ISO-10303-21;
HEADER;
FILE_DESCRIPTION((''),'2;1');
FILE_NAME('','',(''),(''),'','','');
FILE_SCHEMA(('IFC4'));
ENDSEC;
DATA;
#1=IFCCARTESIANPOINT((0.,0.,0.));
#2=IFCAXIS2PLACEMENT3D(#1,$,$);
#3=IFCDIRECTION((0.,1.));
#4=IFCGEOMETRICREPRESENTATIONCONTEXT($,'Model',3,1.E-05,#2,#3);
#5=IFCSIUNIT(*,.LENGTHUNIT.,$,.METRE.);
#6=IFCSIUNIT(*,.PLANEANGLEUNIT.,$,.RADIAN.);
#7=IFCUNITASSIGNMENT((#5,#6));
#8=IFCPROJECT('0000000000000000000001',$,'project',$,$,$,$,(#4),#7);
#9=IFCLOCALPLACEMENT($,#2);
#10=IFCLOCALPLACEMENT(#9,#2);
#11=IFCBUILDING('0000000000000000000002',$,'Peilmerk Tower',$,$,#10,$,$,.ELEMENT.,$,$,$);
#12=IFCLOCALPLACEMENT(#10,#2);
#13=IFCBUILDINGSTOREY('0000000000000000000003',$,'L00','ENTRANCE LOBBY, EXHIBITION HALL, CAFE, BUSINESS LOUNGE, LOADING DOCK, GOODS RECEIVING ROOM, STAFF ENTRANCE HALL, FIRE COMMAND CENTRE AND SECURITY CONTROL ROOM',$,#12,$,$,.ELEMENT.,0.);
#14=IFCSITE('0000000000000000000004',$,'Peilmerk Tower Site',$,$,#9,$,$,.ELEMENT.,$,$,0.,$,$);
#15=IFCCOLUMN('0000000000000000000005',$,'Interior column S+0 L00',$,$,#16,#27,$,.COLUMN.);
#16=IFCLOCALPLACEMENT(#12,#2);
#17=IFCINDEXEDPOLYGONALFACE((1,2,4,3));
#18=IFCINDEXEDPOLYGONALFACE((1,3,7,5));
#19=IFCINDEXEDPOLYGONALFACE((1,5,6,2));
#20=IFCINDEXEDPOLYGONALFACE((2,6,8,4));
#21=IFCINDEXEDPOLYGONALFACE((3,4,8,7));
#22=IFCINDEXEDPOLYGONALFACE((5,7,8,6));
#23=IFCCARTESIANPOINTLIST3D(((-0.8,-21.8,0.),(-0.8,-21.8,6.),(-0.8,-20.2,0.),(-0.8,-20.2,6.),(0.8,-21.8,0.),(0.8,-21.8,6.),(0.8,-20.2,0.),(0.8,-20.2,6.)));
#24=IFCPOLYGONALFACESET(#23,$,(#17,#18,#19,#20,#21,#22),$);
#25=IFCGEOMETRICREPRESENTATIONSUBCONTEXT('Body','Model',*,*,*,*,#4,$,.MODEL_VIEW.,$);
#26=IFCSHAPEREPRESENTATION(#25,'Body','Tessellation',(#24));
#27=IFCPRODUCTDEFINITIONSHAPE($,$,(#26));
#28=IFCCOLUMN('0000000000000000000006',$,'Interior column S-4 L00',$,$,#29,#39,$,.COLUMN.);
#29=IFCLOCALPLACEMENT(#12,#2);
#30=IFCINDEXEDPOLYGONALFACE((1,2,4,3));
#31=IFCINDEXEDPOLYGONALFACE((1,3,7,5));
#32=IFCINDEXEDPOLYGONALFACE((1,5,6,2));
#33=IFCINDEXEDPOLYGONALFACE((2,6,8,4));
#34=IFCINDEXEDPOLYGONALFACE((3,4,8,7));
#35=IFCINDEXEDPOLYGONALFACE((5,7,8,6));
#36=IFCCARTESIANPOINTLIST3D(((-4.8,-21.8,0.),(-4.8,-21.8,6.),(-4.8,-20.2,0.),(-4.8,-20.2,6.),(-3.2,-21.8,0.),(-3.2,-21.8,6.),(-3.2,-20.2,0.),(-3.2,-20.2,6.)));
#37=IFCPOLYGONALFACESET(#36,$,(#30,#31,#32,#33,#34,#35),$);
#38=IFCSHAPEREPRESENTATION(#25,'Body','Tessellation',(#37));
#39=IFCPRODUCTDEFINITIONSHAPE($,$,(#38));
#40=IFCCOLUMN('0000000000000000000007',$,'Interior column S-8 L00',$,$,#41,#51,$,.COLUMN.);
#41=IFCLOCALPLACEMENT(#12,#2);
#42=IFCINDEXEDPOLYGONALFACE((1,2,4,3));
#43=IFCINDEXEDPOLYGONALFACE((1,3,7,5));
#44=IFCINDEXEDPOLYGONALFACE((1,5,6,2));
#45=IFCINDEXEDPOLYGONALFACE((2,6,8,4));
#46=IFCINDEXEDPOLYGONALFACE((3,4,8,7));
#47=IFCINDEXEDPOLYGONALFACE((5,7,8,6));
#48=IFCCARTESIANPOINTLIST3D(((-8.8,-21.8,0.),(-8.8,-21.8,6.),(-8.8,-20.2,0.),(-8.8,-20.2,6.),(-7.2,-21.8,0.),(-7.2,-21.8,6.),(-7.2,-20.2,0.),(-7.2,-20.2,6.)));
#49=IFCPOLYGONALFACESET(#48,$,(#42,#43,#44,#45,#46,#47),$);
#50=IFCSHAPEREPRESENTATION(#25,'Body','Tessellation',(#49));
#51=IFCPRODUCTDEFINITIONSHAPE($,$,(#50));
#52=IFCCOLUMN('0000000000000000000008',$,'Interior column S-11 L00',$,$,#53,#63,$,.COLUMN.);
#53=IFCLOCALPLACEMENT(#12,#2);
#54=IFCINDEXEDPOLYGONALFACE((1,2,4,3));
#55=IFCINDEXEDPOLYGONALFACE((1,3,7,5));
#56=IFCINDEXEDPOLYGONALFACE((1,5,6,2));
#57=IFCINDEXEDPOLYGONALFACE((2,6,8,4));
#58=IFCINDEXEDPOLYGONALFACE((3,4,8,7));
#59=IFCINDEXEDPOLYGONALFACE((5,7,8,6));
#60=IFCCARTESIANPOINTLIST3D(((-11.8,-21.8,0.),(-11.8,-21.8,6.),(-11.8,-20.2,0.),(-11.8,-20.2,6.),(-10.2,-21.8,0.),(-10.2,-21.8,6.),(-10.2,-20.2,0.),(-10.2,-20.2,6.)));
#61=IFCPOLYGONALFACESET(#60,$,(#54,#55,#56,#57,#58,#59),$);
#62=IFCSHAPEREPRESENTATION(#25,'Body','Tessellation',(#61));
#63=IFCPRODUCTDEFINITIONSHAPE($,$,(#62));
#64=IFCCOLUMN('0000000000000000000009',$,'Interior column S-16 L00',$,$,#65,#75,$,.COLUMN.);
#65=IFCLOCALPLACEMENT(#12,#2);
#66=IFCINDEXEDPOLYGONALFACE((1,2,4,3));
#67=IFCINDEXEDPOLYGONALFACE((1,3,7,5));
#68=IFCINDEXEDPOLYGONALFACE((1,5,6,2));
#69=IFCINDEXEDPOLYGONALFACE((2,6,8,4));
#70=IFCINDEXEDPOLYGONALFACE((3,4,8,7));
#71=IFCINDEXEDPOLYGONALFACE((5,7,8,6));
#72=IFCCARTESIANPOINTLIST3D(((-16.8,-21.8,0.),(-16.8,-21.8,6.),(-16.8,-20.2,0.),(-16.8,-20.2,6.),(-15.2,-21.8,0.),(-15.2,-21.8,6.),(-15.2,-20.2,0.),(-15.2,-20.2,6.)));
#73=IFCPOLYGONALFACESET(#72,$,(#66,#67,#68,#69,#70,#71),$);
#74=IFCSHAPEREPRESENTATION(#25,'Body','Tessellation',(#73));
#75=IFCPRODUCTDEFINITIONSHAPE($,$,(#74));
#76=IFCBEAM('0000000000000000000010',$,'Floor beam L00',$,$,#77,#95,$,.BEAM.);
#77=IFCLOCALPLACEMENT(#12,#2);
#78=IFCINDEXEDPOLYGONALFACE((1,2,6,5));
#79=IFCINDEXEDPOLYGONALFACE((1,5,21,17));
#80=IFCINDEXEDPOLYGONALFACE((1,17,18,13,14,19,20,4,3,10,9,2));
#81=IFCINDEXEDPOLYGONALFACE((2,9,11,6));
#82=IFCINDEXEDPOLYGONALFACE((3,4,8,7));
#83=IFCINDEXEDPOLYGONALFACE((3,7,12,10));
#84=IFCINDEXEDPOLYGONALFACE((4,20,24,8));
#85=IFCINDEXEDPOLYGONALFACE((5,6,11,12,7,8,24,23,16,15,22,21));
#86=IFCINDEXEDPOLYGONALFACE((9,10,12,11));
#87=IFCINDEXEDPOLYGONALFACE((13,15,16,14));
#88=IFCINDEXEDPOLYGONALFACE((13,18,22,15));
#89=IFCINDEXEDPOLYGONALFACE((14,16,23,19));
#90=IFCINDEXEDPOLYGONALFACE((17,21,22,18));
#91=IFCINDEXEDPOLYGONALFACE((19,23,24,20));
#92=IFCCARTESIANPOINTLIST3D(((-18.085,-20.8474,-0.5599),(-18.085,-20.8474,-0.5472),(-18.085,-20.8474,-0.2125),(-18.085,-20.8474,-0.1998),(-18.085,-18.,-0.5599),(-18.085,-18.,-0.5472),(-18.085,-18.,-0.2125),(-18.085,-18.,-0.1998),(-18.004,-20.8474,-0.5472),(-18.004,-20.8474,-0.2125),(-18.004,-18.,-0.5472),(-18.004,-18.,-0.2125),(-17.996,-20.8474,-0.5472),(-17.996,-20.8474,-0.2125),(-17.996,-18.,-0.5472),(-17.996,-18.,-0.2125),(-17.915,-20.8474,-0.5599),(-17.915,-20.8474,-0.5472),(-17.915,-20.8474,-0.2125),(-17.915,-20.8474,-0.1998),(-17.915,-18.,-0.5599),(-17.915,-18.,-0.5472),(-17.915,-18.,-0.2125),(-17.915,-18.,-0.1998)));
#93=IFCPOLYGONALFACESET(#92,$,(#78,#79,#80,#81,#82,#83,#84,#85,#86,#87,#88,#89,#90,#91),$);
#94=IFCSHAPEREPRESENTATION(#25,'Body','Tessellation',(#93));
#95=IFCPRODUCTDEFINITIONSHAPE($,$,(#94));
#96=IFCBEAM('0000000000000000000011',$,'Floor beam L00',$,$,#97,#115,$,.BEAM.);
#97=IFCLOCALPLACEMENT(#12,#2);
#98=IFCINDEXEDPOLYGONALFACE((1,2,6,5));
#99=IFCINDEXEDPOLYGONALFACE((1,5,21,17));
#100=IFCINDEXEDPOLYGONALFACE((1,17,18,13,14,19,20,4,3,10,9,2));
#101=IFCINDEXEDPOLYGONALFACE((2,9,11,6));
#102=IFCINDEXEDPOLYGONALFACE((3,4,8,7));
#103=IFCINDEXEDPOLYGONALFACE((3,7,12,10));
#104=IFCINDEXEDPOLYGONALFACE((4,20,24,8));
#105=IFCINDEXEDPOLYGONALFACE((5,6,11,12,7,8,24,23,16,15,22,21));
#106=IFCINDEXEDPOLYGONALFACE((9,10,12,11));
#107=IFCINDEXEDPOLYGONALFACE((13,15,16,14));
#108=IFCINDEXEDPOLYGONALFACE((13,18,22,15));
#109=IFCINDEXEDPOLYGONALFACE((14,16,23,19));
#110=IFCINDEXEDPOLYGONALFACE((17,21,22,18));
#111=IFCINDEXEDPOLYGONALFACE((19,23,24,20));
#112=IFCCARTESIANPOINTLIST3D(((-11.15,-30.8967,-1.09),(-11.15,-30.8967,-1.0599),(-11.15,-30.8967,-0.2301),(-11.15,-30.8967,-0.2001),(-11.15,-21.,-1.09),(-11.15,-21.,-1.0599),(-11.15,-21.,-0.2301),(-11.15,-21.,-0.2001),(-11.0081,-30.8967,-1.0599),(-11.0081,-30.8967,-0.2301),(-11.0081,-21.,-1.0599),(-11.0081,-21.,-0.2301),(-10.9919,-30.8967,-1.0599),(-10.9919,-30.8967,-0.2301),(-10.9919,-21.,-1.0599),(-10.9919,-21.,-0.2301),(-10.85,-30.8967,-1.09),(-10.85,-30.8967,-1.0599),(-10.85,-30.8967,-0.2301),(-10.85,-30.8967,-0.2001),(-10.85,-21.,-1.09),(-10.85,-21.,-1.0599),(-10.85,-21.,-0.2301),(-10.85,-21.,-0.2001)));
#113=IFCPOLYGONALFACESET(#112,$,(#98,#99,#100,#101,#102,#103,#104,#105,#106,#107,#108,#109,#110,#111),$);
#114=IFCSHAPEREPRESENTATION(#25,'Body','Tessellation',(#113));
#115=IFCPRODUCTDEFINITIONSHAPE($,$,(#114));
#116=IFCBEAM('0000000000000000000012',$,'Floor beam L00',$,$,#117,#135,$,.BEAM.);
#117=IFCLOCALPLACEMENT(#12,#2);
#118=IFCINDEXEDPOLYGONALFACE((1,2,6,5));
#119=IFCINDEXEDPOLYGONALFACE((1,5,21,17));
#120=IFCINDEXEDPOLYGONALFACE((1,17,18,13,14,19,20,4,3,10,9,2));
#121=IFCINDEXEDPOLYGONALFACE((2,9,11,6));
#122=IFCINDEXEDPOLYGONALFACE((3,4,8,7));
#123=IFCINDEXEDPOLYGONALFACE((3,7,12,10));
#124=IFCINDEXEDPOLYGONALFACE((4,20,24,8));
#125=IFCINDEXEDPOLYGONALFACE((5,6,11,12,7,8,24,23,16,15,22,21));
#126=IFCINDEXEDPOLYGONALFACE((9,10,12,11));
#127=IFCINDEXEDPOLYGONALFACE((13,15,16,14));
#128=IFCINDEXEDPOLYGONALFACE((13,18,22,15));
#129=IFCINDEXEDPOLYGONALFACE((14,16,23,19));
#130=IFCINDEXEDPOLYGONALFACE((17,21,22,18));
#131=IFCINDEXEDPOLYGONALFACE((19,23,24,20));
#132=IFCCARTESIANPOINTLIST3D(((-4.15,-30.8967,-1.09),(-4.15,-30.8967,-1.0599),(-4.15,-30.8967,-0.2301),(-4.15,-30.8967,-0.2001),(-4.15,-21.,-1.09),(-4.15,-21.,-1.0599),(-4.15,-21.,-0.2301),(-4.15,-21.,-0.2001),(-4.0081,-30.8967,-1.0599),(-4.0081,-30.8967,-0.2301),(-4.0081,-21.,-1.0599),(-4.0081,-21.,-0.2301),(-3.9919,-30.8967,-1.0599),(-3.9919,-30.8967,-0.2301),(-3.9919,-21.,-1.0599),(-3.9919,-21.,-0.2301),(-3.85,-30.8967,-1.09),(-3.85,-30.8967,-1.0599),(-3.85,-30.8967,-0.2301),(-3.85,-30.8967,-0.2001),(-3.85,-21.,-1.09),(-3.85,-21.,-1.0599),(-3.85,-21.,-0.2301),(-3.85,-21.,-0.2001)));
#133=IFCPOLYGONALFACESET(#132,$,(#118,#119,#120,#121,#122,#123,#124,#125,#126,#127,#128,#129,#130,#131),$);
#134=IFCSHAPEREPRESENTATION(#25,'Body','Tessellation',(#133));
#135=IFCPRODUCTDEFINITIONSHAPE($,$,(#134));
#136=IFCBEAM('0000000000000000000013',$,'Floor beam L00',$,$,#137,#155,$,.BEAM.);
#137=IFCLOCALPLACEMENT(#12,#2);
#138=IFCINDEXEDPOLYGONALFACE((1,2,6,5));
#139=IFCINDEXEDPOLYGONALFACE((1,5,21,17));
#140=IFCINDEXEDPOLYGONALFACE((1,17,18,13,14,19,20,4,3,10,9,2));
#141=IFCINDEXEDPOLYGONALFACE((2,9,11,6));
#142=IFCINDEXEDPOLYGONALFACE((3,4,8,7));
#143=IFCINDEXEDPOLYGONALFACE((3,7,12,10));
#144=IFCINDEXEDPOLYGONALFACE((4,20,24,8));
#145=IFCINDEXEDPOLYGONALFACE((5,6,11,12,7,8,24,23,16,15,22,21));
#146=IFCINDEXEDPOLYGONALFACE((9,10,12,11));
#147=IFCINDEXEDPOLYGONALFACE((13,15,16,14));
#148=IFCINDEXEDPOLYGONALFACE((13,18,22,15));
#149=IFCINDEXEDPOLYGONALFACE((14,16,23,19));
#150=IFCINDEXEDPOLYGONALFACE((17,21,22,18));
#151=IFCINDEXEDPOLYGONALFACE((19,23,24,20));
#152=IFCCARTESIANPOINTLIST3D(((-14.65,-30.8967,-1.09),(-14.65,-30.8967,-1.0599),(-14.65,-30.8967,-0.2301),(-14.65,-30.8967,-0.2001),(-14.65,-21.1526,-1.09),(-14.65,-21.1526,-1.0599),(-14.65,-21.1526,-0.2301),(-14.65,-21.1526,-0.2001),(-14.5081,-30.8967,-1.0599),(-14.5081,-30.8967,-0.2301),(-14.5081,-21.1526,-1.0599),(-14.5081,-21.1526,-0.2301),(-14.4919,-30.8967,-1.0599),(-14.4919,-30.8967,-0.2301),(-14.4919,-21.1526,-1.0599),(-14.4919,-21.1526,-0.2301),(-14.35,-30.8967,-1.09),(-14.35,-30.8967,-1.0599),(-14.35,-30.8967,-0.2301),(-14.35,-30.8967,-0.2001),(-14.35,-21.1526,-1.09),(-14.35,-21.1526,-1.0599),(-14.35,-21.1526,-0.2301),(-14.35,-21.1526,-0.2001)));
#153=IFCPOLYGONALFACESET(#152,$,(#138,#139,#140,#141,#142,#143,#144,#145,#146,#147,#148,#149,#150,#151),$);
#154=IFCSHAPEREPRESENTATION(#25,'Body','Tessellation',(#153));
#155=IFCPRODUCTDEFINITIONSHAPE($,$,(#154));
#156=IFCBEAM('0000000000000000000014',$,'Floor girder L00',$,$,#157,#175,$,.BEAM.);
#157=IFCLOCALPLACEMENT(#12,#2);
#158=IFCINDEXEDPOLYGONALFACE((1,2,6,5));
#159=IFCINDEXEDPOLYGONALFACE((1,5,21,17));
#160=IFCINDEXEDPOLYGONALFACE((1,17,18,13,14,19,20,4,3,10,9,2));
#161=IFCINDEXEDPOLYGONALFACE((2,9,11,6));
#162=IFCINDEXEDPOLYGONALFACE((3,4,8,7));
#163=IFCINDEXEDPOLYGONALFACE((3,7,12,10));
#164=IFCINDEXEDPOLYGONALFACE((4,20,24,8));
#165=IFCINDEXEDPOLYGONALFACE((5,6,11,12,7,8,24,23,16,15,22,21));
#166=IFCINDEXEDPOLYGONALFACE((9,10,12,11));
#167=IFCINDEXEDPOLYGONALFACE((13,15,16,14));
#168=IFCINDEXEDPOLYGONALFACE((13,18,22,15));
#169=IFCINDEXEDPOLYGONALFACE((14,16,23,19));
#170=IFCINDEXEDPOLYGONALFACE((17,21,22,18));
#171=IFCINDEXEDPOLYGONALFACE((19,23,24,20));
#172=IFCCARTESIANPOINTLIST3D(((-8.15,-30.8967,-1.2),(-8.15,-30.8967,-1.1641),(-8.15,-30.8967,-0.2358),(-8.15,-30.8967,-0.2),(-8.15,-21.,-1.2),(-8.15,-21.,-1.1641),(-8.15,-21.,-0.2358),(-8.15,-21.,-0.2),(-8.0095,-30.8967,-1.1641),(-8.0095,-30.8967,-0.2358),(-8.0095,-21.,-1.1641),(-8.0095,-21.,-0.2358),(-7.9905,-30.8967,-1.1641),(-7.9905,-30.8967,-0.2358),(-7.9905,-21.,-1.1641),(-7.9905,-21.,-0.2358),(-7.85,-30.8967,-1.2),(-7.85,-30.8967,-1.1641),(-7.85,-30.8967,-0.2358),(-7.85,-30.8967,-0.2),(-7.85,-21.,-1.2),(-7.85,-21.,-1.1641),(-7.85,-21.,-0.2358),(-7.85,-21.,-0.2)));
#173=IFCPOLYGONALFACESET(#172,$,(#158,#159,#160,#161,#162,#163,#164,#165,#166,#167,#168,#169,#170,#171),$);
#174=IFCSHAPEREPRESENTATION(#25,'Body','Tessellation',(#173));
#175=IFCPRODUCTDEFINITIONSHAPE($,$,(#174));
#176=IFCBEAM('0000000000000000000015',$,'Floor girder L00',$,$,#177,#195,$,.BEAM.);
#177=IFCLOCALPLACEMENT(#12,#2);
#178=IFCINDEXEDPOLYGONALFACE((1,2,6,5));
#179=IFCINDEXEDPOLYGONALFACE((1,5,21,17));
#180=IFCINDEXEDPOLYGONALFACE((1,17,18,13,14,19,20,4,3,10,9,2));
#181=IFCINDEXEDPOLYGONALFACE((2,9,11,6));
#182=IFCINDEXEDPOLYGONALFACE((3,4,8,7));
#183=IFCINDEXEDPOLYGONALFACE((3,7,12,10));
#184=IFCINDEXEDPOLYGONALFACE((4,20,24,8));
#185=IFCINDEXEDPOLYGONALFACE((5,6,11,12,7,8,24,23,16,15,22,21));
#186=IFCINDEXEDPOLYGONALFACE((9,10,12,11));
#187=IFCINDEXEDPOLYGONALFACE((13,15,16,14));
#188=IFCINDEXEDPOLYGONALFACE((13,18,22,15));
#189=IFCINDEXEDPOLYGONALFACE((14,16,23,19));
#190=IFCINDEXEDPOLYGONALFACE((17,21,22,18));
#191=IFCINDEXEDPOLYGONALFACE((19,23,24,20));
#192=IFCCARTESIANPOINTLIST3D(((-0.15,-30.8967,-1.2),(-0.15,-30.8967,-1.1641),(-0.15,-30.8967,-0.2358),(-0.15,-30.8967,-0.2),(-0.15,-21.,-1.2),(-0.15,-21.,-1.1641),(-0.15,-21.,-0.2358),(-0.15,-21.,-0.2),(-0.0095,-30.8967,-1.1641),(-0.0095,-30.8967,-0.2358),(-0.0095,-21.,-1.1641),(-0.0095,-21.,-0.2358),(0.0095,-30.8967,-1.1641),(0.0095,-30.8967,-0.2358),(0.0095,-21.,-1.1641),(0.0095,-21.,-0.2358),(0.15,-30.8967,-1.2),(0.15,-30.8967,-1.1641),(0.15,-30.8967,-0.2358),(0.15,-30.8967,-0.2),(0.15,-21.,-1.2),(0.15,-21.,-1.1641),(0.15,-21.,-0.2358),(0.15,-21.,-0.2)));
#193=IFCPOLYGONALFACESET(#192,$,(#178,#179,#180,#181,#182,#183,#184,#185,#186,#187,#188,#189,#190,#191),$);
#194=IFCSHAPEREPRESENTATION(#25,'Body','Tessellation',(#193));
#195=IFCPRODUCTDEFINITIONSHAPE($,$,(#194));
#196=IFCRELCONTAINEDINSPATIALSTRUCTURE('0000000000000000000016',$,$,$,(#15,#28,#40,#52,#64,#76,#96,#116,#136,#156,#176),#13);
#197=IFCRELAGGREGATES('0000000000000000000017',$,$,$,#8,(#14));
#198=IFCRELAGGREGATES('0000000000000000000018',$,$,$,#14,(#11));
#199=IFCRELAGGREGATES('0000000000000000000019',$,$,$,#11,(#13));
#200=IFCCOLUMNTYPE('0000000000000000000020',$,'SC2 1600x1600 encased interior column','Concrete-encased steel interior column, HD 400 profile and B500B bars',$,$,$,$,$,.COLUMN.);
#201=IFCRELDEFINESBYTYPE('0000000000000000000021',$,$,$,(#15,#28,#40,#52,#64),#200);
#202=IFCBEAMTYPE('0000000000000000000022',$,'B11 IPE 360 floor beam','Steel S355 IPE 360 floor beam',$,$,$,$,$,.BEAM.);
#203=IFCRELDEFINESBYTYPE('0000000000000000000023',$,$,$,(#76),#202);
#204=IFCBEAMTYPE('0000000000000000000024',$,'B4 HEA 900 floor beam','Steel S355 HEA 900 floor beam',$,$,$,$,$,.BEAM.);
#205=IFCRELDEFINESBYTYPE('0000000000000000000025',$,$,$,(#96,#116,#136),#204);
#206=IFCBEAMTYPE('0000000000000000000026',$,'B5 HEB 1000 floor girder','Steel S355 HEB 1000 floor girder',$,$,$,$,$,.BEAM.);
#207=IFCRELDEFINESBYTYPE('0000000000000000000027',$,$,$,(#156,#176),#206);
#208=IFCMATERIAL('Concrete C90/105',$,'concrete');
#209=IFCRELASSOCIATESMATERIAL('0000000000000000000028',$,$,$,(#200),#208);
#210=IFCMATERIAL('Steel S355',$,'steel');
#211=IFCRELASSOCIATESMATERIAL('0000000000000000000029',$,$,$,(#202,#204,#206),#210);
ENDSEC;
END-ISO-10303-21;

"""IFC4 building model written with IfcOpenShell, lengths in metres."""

from ifc_helpers import new_model, si_unit, direction, frame, origin, origin_2d, place, context, subcontext, project, spatial, rectangle, i_section, extrude, material, material_profile, profile_set, type_object, element, save


model = new_model("IFC4")

# Units and contexts
model_context = context("Model", 3, precision=1e-05, world=origin(), true_north=direction((0.0, 1.0)))
body_context = subcontext(model_context, "Body", "Model", "MODEL_VIEW")
ifc_project = project(units=[si_unit("LENGTHUNIT", "METRE"), si_unit("PLANEANGLEUNIT", "RADIAN")], contexts=[model_context])

# Site, building, storey
site_placement = place(None, origin())
site = spatial("IfcSite", under=ifc_project, at=site_placement, Name="Peilmerk Tower Site", CompositionType="ELEMENT", RefElevation=0.0)
building_placement = place(site_placement, origin())
building = spatial("IfcBuilding", under=site, at=building_placement, Name="Peilmerk Tower", CompositionType="ELEMENT")
storey_placement = place(building_placement, origin())
storey = spatial("IfcBuildingStorey", under=building, at=storey_placement, Name="L00", Description="ENTRANCE LOBBY, EXHIBITION HALL, CAFE, BUSINESS LOUNGE, LOADING DOCK, GOODS RECEIVING ROOM, STAFF ENTRANCE HALL, FIRE COMMAND CENTRE AND SECURITY CONTROL ROOM", CompositionType="ELEMENT", Elevation=0.0)

# Columns
ifc_material_1 = material(Name="Concrete C90/105", Category="concrete")
ifc_material_profile_1 = material_profile(ifc_material_1, rectangle(XDim=1.6001, YDim=1.6001, at=origin_2d()), Name="RC 1600x1600")
ifc_profile_set_1 = profile_set([ifc_material_profile_1], Name="Concrete C90/105")
column_type = type_object("IfcColumnType", Name="SC2 1600x1600 encased interior column", Description="Concrete-encased steel interior column, HD 400 profile and B500B bars", PredefinedType="COLUMN", material=ifc_profile_set_1)
for number, where, z_axis, x_axis, name in (
    (1, (0.0, -21.0, 0.0), (0.0, 0.0, 1.0), (1.0, 0.0, 0.0), "Interior column S+0 L00"),
    (2, (-4.0, -21.0, 0.0), (0.0, 0.0, 1.0), (1.0, 0.0, 0.0), "Interior column S-4 L00"),
    (3, (-8.0, -21.0, 0.0), (0.0, 0.0, 1.0), (1.0, 0.0, 0.0), "Interior column S-8 L00"),
    (4, (-11.0, -21.0, 0.0), (0.0, 0.0, 1.0), (1.0, 0.0, 0.0), "Interior column S-11 L00"),
    (5, (-16.0, -21.0, 0.0), (0.0, 0.0, 1.0), (1.0, 0.0, 0.0), "Interior column S-16 L00"),
):
    element("IfcColumn", number, at=place(storey_placement, frame(where, z_axis=z_axis, x_axis=x_axis)), inside=storey, type_object=column_type, Name=name, PredefinedType="COLUMN", context=body_context, shape_type="SweptSolid", body=[
        extrude(rectangle(XDim=1.6001, YDim=1.6001, at=origin_2d()), origin(), (0.0, 0.0, 1.0), 6.0),
    ])

# Beams
ifc_material_2 = material(Name="Steel S355", Category="steel")
ifc_material_profile_2 = material_profile(ifc_material_2, i_section(OverallWidth=0.1699, OverallDepth=0.3601, WebThickness=0.0081, FlangeThickness=0.0127, at=origin_2d()), Name="IPE 360")
ifc_profile_set_2 = profile_set([ifc_material_profile_2], Name="Steel S355")
beam_type_1 = type_object("IfcBeamType", Name="B11 IPE 360 floor beam", Description="Steel S355 IPE 360 floor beam", PredefinedType="BEAM", material=ifc_profile_set_2)
beam_1_placement = place(storey_placement, frame((-18.0, -18.0, -0.3799), z_axis=(0.0, -1.0, 0.0), x_axis=(1.0, 0.0, 0.0)))
element("IfcBeam", 6, at=beam_1_placement, inside=storey, type_object=beam_type_1, Name="Floor beam L00", PredefinedType="BEAM", context=body_context, shape_type="SweptSolid", body=[
    extrude(i_section(OverallWidth=0.1699, OverallDepth=0.3601, WebThickness=0.0081, FlangeThickness=0.0127, at=origin_2d()), origin(), (0.0, 0.0, 1.0), 2.8474),
])
ifc_material_profile_3 = material_profile(ifc_material_2, i_section(OverallWidth=0.3, OverallDepth=0.8899, WebThickness=0.0161, FlangeThickness=0.03, at=origin_2d()), Name="HEA 900")
ifc_profile_set_3 = profile_set([ifc_material_profile_3], Name="Steel S355")
beam_type_2 = type_object("IfcBeamType", Name="B4 HEA 900 floor beam", Description="Steel S355 HEA 900 floor beam", PredefinedType="BEAM", material=ifc_profile_set_3)
for number, where, z_axis, x_axis, name in (
    (7, (-11.0, -21.0, -0.645), (0.0, -1.0, 0.0), (1.0, 0.0, 0.0), "Floor beam L00"),
    (8, (-4.0, -21.0, -0.645), (0.0, -1.0, 0.0), (1.0, 0.0, 0.0), "Floor beam L00"),
):
    element("IfcBeam", number, at=place(storey_placement, frame(where, z_axis=z_axis, x_axis=x_axis)), inside=storey, type_object=beam_type_2, Name=name, PredefinedType="BEAM", context=body_context, shape_type="SweptSolid", body=[
        extrude(i_section(OverallWidth=0.3, OverallDepth=0.8899, WebThickness=0.0161, FlangeThickness=0.03, at=origin_2d()), origin(), (0.0, 0.0, 1.0), 9.8967),
    ])
beam_2_placement = place(storey_placement, frame((-14.5, -21.1526, -0.645), z_axis=(0.0, -1.0, 0.0), x_axis=(1.0, 0.0, 0.0)))
element("IfcBeam", 9, at=beam_2_placement, inside=storey, type_object=beam_type_2, Name="Floor beam L00", PredefinedType="BEAM", context=body_context, shape_type="SweptSolid", body=[
    extrude(i_section(OverallWidth=0.3, OverallDepth=0.8899, WebThickness=0.0161, FlangeThickness=0.03, at=origin_2d()), origin(), (0.0, 0.0, 1.0), 9.7441),
])
ifc_material_profile_4 = material_profile(ifc_material_2, i_section(OverallWidth=0.3, OverallDepth=1.0, WebThickness=0.019, FlangeThickness=0.0359, at=origin_2d()), Name="HEB 1000")
ifc_profile_set_4 = profile_set([ifc_material_profile_4], Name="Steel S355")
beam_type_3 = type_object("IfcBeamType", Name="B5 HEB 1000 floor girder", Description="Steel S355 HEB 1000 floor girder", PredefinedType="BEAM", material=ifc_profile_set_4)
for number, where, z_axis, x_axis, name in (
    (10, (-8.0, -21.0, -0.7), (0.0, -1.0, 0.0), (1.0, 0.0, 0.0), "Floor girder L00"),
    (11, (0.0, -21.0, -0.7), (0.0, -1.0, 0.0), (1.0, 0.0, 0.0), "Floor girder L00"),
):
    element("IfcBeam", number, at=place(storey_placement, frame(where, z_axis=z_axis, x_axis=x_axis)), inside=storey, type_object=beam_type_3, Name=name, PredefinedType="BEAM", context=body_context, shape_type="SweptSolid", body=[
        extrude(i_section(OverallWidth=0.3, OverallDepth=1.0, WebThickness=0.019, FlangeThickness=0.0359, at=origin_2d()), origin(), (0.0, 0.0, 1.0), 9.8967),
    ])

save(model, "model.ifc")
